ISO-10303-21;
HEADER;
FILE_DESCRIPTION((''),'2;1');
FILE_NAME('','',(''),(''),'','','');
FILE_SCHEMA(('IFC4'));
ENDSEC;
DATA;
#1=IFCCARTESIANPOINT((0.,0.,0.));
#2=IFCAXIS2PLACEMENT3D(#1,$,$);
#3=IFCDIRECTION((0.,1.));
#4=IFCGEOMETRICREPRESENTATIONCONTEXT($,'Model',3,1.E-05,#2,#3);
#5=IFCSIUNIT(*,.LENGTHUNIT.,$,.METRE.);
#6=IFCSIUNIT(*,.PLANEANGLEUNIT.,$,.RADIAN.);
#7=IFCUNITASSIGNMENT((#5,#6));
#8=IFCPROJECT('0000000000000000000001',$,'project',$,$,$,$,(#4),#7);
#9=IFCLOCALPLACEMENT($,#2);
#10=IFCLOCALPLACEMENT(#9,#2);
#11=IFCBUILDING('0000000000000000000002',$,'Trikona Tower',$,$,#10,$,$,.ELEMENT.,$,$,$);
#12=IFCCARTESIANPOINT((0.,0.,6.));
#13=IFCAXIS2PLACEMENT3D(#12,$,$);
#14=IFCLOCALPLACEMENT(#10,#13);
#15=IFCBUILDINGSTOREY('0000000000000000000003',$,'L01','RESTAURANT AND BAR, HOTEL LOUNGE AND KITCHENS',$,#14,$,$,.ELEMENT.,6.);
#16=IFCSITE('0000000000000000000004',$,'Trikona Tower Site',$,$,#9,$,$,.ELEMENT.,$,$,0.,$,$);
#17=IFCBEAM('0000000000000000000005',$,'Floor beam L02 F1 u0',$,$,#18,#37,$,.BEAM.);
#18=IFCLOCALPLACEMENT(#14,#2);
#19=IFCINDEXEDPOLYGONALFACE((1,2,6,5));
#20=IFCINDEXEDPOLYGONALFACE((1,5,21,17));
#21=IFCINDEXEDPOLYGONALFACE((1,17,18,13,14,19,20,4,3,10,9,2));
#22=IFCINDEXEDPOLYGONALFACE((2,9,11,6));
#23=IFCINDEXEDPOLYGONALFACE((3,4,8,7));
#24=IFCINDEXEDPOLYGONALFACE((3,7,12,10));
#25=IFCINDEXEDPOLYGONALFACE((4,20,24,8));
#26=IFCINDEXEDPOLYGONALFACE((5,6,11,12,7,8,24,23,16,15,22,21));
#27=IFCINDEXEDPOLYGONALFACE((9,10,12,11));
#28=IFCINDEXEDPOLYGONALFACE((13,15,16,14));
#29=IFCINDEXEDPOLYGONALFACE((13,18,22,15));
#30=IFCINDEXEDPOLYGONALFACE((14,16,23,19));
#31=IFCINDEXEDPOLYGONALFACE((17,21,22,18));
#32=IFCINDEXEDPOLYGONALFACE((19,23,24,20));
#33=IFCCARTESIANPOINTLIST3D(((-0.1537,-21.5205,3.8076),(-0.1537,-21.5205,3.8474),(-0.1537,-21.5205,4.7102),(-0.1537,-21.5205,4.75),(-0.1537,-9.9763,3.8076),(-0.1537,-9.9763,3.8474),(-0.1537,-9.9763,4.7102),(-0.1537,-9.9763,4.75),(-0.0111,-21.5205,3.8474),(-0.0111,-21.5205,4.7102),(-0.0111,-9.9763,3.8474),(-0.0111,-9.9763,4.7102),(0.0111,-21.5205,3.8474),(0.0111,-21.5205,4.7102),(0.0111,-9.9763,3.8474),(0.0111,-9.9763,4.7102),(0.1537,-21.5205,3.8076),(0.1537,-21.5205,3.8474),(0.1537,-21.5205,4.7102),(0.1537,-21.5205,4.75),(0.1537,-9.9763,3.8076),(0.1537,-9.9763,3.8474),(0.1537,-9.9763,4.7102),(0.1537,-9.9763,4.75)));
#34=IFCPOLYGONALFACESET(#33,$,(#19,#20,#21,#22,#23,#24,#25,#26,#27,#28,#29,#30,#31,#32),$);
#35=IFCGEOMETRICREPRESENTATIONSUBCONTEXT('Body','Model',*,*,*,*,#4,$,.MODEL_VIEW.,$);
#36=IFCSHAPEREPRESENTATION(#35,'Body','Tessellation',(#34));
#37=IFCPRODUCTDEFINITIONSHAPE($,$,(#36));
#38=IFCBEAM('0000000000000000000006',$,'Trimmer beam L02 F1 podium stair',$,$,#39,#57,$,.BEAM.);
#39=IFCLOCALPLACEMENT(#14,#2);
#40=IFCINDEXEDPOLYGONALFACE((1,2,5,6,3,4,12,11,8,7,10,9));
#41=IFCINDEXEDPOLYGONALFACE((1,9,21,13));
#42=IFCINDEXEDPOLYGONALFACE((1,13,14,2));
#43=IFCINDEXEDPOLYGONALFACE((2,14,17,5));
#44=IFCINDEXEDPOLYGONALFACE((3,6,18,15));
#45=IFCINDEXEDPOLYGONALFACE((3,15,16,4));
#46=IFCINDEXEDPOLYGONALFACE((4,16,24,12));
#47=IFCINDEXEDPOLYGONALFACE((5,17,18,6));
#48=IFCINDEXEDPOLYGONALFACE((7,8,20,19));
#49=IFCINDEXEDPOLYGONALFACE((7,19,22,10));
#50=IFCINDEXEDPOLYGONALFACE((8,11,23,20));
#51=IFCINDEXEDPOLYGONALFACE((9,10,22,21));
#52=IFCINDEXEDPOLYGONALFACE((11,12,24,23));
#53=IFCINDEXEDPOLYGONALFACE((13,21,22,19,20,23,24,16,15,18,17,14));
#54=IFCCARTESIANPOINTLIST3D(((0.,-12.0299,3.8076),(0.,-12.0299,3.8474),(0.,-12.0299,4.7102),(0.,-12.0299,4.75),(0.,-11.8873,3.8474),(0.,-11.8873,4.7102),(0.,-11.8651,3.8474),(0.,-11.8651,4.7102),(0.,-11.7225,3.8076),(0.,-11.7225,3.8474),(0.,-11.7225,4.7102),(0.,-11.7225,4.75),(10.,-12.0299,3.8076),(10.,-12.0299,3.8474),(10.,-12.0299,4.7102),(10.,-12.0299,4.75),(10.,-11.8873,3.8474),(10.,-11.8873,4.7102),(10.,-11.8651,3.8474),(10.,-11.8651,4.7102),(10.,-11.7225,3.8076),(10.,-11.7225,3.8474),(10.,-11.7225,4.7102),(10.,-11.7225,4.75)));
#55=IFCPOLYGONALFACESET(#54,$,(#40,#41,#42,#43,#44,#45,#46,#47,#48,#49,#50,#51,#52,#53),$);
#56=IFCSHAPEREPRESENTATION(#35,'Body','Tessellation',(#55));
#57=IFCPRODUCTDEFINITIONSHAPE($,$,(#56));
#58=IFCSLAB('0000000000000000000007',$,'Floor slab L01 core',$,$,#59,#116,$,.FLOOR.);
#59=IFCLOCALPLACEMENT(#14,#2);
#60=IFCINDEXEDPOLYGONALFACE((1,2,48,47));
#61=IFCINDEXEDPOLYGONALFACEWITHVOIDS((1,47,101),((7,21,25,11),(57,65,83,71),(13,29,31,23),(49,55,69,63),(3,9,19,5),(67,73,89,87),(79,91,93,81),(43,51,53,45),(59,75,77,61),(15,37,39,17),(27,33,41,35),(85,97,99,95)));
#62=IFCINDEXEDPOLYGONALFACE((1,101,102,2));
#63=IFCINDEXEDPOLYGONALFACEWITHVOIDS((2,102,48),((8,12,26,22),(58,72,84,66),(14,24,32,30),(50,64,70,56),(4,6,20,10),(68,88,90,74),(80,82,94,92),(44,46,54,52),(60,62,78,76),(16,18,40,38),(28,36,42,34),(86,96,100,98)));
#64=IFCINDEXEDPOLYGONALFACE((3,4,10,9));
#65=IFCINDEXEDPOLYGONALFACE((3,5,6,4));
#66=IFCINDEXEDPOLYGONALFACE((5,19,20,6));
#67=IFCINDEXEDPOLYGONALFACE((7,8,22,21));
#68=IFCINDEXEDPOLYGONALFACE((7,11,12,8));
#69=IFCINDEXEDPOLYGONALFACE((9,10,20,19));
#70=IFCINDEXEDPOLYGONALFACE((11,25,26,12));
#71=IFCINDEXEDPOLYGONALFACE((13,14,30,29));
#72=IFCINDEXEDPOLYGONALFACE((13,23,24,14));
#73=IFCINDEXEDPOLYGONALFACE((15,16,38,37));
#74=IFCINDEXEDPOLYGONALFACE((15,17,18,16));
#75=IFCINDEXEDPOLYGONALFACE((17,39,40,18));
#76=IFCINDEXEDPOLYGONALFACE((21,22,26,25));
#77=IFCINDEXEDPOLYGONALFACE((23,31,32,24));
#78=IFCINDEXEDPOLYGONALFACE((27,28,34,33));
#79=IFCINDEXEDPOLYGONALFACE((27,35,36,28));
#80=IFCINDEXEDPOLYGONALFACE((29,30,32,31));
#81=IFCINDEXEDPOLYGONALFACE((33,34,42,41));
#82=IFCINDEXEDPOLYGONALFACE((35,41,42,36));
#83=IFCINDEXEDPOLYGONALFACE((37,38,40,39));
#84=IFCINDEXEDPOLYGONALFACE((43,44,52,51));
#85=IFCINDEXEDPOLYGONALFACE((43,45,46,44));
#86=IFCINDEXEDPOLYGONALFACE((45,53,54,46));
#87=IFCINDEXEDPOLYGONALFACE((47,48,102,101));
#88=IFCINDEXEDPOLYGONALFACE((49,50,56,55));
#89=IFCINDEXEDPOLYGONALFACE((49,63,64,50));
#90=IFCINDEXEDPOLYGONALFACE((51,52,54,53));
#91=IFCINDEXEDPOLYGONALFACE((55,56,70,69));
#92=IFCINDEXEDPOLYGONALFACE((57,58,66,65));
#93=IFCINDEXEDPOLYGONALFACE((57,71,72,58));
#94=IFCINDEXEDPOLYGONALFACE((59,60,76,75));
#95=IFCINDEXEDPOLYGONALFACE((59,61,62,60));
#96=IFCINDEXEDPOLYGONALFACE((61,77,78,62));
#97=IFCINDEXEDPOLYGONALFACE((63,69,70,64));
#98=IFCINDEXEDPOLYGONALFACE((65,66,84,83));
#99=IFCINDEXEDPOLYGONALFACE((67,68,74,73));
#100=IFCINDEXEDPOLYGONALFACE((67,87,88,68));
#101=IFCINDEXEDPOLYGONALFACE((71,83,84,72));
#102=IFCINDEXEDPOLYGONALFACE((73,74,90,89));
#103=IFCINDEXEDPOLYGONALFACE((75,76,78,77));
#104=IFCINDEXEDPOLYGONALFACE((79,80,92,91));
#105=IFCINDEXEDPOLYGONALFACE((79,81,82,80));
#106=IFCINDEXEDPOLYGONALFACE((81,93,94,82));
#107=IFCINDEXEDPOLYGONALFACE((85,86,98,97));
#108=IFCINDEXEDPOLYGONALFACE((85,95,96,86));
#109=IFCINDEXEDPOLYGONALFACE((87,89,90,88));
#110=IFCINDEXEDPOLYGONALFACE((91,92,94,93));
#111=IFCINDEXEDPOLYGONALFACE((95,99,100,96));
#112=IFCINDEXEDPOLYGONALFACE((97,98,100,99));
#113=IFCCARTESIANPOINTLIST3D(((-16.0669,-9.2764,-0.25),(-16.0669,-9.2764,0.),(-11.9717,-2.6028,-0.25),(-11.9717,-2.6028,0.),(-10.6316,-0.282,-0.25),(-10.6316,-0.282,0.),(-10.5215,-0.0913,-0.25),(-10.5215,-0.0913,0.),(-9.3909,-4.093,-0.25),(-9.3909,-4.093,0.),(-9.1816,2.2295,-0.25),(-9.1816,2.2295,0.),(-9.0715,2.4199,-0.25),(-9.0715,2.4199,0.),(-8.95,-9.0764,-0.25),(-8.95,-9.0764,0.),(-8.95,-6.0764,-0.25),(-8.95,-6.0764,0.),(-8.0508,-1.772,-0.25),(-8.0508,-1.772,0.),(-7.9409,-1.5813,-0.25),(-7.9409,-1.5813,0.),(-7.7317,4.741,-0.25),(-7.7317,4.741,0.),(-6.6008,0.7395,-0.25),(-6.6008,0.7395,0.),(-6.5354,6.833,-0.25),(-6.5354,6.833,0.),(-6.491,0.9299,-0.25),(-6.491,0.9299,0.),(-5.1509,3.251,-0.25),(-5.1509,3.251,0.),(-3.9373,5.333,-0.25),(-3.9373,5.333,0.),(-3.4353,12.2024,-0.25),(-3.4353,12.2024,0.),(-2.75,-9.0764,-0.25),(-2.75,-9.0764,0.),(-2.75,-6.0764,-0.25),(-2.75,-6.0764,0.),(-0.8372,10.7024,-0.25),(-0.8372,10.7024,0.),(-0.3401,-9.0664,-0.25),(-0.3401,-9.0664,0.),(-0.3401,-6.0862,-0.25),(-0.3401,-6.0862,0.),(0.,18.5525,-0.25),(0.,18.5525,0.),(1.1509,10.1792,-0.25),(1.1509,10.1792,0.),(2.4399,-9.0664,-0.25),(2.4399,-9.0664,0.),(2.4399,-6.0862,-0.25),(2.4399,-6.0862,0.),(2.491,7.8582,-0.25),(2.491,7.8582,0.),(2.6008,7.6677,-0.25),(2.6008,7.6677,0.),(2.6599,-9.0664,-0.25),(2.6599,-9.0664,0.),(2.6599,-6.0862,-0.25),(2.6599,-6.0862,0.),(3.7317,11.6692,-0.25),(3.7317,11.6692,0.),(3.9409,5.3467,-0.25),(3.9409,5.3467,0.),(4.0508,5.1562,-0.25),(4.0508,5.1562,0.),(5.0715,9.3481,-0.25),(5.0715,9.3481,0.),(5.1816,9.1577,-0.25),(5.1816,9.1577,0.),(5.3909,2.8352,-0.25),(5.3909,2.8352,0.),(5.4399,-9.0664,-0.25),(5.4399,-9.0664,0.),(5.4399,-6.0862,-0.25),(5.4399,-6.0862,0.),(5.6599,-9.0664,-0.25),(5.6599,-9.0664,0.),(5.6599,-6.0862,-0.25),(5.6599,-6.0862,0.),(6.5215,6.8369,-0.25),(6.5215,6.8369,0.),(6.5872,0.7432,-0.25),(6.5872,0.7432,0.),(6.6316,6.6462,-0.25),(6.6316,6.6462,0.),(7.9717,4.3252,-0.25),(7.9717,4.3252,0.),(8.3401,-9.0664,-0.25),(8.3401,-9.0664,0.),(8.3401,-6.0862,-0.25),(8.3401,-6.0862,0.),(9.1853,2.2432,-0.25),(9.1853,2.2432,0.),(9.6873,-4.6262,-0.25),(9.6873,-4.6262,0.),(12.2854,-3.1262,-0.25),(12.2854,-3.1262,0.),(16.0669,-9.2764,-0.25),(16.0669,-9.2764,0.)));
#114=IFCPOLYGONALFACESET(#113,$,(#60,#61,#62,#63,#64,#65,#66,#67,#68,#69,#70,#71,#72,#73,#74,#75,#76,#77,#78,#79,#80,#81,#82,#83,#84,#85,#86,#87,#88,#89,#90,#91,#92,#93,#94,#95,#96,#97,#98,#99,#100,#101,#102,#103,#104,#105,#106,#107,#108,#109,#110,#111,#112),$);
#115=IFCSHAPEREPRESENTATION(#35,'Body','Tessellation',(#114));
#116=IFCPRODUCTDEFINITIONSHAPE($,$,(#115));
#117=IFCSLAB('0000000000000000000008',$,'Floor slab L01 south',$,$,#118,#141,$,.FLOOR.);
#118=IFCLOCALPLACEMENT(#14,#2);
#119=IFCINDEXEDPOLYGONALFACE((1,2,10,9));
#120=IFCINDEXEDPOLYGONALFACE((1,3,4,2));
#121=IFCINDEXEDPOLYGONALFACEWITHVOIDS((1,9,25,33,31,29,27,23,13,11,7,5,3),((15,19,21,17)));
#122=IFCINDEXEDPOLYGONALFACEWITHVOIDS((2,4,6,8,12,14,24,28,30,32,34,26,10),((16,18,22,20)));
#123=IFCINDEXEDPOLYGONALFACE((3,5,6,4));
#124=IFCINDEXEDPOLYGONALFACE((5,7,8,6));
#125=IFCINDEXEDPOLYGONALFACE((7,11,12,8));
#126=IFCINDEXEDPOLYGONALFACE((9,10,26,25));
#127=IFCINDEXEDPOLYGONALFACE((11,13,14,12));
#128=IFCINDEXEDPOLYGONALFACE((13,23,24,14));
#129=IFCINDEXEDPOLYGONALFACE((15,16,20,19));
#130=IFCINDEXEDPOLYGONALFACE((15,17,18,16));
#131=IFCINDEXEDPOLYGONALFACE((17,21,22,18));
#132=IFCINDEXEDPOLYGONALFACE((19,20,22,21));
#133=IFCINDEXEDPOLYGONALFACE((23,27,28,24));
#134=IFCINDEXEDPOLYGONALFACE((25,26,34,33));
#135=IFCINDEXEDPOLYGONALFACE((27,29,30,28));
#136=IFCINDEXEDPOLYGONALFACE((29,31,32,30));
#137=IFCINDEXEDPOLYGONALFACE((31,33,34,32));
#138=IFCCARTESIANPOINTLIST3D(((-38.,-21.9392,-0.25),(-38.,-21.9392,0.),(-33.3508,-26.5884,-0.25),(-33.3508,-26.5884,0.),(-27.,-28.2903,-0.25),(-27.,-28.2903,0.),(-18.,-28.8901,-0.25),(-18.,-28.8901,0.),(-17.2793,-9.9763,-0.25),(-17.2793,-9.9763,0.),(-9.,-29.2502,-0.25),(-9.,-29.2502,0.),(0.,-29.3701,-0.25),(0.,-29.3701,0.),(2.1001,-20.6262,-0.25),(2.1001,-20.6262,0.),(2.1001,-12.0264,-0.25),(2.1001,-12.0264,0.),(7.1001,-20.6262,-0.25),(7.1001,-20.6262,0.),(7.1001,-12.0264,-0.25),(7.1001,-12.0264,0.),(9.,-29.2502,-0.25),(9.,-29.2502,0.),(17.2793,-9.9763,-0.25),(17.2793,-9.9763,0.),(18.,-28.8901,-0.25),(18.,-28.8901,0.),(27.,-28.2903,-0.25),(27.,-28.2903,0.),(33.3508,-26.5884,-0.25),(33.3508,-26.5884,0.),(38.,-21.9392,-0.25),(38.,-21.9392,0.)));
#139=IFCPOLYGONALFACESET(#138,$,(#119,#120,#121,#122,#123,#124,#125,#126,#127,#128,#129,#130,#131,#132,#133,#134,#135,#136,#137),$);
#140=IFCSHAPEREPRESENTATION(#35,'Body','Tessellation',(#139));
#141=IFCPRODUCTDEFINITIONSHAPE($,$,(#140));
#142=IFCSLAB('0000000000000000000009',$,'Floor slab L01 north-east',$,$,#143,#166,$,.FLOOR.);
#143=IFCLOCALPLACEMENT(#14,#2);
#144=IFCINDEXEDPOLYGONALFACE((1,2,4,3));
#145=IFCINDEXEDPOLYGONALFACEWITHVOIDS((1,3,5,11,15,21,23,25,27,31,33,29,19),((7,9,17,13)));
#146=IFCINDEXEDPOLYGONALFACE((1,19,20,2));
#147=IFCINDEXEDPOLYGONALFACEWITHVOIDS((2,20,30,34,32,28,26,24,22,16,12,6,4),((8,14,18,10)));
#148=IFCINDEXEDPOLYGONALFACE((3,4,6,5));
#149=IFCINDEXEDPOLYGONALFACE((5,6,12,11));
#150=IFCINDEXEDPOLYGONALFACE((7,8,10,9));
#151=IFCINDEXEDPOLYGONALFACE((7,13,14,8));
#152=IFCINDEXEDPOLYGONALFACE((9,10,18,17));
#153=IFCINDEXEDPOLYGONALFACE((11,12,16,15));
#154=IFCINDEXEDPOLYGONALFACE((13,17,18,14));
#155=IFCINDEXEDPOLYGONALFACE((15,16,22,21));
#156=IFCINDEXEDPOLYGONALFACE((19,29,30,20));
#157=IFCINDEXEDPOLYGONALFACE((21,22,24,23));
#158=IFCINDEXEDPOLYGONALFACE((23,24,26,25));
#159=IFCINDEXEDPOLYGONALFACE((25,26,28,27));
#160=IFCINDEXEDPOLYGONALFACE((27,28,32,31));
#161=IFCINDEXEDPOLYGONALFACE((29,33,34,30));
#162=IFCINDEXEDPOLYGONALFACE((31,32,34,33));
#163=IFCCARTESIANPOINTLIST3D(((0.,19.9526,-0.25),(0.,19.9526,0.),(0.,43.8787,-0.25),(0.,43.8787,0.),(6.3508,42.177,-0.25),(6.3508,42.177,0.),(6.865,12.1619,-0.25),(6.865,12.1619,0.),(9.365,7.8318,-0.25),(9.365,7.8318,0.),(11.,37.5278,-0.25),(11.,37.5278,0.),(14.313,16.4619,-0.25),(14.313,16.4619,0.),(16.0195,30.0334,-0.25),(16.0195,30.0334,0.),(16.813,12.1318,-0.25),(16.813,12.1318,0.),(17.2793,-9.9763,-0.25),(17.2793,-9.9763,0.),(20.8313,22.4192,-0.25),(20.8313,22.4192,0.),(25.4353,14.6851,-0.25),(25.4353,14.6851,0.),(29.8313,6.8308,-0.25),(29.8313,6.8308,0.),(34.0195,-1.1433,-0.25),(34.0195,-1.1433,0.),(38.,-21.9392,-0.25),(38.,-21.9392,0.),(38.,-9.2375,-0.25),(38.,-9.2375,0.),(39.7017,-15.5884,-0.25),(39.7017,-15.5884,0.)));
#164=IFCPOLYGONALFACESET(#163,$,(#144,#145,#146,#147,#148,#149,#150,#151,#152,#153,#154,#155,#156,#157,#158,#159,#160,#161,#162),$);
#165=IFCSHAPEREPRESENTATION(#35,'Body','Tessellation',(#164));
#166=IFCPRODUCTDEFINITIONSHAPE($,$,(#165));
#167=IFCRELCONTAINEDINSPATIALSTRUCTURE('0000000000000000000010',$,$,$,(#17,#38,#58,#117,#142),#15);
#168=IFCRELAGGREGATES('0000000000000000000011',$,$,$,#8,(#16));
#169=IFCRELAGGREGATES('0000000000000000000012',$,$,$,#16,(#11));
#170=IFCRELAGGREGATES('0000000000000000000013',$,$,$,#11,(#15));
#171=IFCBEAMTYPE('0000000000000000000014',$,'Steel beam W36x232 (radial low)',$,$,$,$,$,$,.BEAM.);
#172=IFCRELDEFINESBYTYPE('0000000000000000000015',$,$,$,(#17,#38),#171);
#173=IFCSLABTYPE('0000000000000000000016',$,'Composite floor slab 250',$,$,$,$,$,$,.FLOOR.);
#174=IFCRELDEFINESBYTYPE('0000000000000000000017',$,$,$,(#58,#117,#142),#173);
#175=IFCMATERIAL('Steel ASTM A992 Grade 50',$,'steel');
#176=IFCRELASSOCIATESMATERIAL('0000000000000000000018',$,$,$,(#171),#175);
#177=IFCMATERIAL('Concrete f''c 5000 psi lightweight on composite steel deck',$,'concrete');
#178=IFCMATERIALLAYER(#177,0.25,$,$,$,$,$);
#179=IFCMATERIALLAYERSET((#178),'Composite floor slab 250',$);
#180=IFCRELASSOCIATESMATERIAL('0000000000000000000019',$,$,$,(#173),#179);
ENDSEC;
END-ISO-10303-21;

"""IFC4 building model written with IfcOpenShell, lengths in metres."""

from ifc_helpers import new_model, si_unit, direction, frame, origin, origin_2d, place, context, subcontext, project, spatial, polyline, i_section, outline, extrude, material, layer, layer_set, material_profile, profile_set, type_object, element, save


model = new_model("IFC4")

# Units and contexts
model_context = context("Model", 3, precision=1e-05, world=origin(), true_north=direction((0.0, 1.0)))
body_context = subcontext(model_context, "Body", "Model", "MODEL_VIEW")
ifc_project = project(units=[si_unit("LENGTHUNIT", "METRE"), si_unit("PLANEANGLEUNIT", "RADIAN")], contexts=[model_context])

# Site, building, storey
site_placement = place(None, origin())
site = spatial("IfcSite", under=ifc_project, at=site_placement, Name="Trikona Tower Site", CompositionType="ELEMENT", RefElevation=0.0)
building_placement = place(site_placement, origin())
building = spatial("IfcBuilding", under=site, at=building_placement, Name="Trikona Tower", CompositionType="ELEMENT")
storey_placement = place(building_placement, frame((0.0, 0.0, 6.0)))
storey = spatial("IfcBuildingStorey", under=building, at=storey_placement, Name="L01", Description="RESTAURANT AND BAR, HOTEL LOUNGE AND KITCHENS", CompositionType="ELEMENT", Elevation=6.0)

# Beams
ifc_material_1 = material(Name="Steel ASTM A992 Grade 50", Category="steel")
ifc_material_profile = material_profile(ifc_material_1, i_section(OverallWidth=0.3074, OverallDepth=0.9424, WebThickness=0.0222, FlangeThickness=0.0398, at=origin_2d()), Name="W36X232")
ifc_profile_set = profile_set([ifc_material_profile], Name="Steel ASTM A992 Grade 50")
beam_type = type_object("IfcBeamType", Name="Steel beam W36x232 (radial low)", PredefinedType="BEAM", material=ifc_profile_set)
beam_1_placement = place(storey_placement, frame((0.0, -9.9763, 4.2788), z_axis=(0.0, -1.0, 0.0), x_axis=(1.0, 0.0, 0.0)))
element("IfcBeam", 1, at=beam_1_placement, inside=storey, type_object=beam_type, Name="Floor beam L02 F1 u0", PredefinedType="BEAM", context=body_context, shape_type="SweptSolid", body=[
    extrude(i_section(OverallWidth=0.3074, OverallDepth=0.9424, WebThickness=0.0222, FlangeThickness=0.0398, at=origin_2d()), origin(), (0.0, 0.0, 1.0), 11.5442),
])
beam_2_placement = place(storey_placement, frame((0.0, -11.8762, 4.2788), z_axis=(1.0, 0.0, 0.0), x_axis=(0.0, 1.0, 0.0)))
element("IfcBeam", 2, at=beam_2_placement, inside=storey, type_object=beam_type, Name="Trimmer beam L02 F1 podium stair", PredefinedType="BEAM", context=body_context, shape_type="SweptSolid", body=[
    extrude(i_section(OverallWidth=0.3074, OverallDepth=0.9424, WebThickness=0.0222, FlangeThickness=0.0398, at=origin_2d()), origin(), (0.0, 0.0, 1.0), 10.0),
])

# Slabs
ifc_material_2 = material(Name="Concrete f'c 5000 psi lightweight on composite steel deck", Category="concrete")
ifc_layer_1 = layer(ifc_material_2, 0.25)
ifc_layer_set_1 = layer_set([ifc_layer_1], Name="Composite floor slab 250")
slab_type_1 = type_object("IfcSlabType", Name="Composite floor slab 250", PredefinedType="FLOOR", material=ifc_layer_set_1)
slab_1_placement = place(storey_placement, frame((0.0, 0.0, -0.25)))
element("IfcSlab", 3, at=slab_1_placement, inside=storey, type_object=slab_type_1, Name="Floor slab L01 core", PredefinedType="FLOOR", context=body_context, shape_type="SweptSolid", body=[
    extrude(outline(polyline([(-16.0669, -9.2764), (16.0669, -9.2764), (0.0, 18.5525), (-16.0669, -9.2764)]), holes=[polyline([(9.6873, -4.6262), (12.2854, -3.1262), (9.1853, 2.2432), (6.5872, 0.7432), (9.6873, -4.6262)]), polyline([(5.6599, -9.0664), (8.3401, -9.0664), (8.3401, -6.0862), (5.6599, -6.0862), (5.6599, -9.0664)]), polyline([(4.0508, 5.1562), (5.3909, 2.8352), (7.9717, 4.3252), (6.6316, 6.6462), (4.0508, 5.1562)]), polyline([(5.1816, 9.1577), (2.6008, 7.6677), (3.9409, 5.3467), (6.5215, 6.8369), (5.1816, 9.1577)]), polyline([(5.4399, -9.0664), (5.4399, -6.0862), (2.6599, -6.0862), (2.6599, -9.0664), (5.4399, -9.0664)]), polyline([(5.0715, 9.3481), (3.7317, 11.6692), (1.1509, 10.1792), (2.491, 7.8582), (5.0715, 9.3481)]), polyline([(2.4399, -6.0862), (-0.3401, -6.0862), (-0.3401, -9.0664), (2.4399, -9.0664), (2.4399, -6.0862)]), polyline([(-0.8372, 10.7024), (-3.4353, 12.2024), (-6.5354, 6.833), (-3.9373, 5.333), (-0.8372, 10.7024)]), polyline([(-8.95, -6.0764), (-8.95, -9.0764), (-2.75, -9.0764), (-2.75, -6.0764), (-8.95, -6.0764)]), polyline([(-6.491, 0.9299), (-5.1509, 3.251), (-7.7317, 4.741), (-9.0715, 2.4199), (-6.491, 0.9299)]), polyline([(-10.5215, -0.0913), (-7.9409, -1.5813), (-6.6008, 0.7395), (-9.1816, 2.2295), (-10.5215, -0.0913)]), polyline([(-10.6316, -0.282), (-11.9717, -2.6028), (-9.3909, -4.093), (-8.0508, -1.772), (-10.6316, -0.282)])]), origin(), (0.0, 0.0, 1.0), 0.25),
])
slab_2_placement = place(storey_placement, frame((0.0, 0.0, -0.25)))
element("IfcSlab", 4, at=slab_2_placement, inside=storey, type_object=slab_type_1, Name="Floor slab L01 south", PredefinedType="FLOOR", context=body_context, shape_type="SweptSolid", body=[
    extrude(outline(polyline([(33.3508, -26.5884), (38.0, -21.9392), (17.2793, -9.9763), (-17.2793, -9.9763), (-38.0, -21.9392), (-33.3508, -26.5884), (-27.0, -28.2903), (-18.0, -28.8901), (-9.0, -29.2502), (0.0, -29.3701), (9.0, -29.2502), (18.0, -28.8901), (27.0, -28.2903), (33.3508, -26.5884)]), holes=[polyline([(2.1001, -20.6262), (7.1001, -20.6262), (7.1001, -12.0264), (2.1001, -12.0264), (2.1001, -20.6262)])]), origin(), (0.0, 0.0, 1.0), 0.25),
])
slab_3_placement = place(storey_placement, frame((0.0, 0.0, -0.25)))
element("IfcSlab", 5, at=slab_3_placement, inside=storey, type_object=slab_type_1, Name="Floor slab L01 north-east", PredefinedType="FLOOR", context=body_context, shape_type="SweptSolid", body=[
    extrude(outline(polyline([(25.4353, 14.6851), (20.8313, 22.4192), (16.0195, 30.0334), (11.0, 37.5278), (6.3508, 42.177), (0.0, 43.8787), (0.0, 19.9526), (17.2793, -9.9763), (38.0, -21.9392), (39.7017, -15.5884), (38.0, -9.2375), (34.0195, -1.1433), (29.8313, 6.8308), (25.4353, 14.6851)]), holes=[polyline([(9.365, 7.8318), (16.813, 12.1318), (14.313, 16.4619), (6.865, 12.1619), (9.365, 7.8318)])]), origin(), (0.0, 0.0, 1.0), 0.25),
])

save(model, "model.ifc")
